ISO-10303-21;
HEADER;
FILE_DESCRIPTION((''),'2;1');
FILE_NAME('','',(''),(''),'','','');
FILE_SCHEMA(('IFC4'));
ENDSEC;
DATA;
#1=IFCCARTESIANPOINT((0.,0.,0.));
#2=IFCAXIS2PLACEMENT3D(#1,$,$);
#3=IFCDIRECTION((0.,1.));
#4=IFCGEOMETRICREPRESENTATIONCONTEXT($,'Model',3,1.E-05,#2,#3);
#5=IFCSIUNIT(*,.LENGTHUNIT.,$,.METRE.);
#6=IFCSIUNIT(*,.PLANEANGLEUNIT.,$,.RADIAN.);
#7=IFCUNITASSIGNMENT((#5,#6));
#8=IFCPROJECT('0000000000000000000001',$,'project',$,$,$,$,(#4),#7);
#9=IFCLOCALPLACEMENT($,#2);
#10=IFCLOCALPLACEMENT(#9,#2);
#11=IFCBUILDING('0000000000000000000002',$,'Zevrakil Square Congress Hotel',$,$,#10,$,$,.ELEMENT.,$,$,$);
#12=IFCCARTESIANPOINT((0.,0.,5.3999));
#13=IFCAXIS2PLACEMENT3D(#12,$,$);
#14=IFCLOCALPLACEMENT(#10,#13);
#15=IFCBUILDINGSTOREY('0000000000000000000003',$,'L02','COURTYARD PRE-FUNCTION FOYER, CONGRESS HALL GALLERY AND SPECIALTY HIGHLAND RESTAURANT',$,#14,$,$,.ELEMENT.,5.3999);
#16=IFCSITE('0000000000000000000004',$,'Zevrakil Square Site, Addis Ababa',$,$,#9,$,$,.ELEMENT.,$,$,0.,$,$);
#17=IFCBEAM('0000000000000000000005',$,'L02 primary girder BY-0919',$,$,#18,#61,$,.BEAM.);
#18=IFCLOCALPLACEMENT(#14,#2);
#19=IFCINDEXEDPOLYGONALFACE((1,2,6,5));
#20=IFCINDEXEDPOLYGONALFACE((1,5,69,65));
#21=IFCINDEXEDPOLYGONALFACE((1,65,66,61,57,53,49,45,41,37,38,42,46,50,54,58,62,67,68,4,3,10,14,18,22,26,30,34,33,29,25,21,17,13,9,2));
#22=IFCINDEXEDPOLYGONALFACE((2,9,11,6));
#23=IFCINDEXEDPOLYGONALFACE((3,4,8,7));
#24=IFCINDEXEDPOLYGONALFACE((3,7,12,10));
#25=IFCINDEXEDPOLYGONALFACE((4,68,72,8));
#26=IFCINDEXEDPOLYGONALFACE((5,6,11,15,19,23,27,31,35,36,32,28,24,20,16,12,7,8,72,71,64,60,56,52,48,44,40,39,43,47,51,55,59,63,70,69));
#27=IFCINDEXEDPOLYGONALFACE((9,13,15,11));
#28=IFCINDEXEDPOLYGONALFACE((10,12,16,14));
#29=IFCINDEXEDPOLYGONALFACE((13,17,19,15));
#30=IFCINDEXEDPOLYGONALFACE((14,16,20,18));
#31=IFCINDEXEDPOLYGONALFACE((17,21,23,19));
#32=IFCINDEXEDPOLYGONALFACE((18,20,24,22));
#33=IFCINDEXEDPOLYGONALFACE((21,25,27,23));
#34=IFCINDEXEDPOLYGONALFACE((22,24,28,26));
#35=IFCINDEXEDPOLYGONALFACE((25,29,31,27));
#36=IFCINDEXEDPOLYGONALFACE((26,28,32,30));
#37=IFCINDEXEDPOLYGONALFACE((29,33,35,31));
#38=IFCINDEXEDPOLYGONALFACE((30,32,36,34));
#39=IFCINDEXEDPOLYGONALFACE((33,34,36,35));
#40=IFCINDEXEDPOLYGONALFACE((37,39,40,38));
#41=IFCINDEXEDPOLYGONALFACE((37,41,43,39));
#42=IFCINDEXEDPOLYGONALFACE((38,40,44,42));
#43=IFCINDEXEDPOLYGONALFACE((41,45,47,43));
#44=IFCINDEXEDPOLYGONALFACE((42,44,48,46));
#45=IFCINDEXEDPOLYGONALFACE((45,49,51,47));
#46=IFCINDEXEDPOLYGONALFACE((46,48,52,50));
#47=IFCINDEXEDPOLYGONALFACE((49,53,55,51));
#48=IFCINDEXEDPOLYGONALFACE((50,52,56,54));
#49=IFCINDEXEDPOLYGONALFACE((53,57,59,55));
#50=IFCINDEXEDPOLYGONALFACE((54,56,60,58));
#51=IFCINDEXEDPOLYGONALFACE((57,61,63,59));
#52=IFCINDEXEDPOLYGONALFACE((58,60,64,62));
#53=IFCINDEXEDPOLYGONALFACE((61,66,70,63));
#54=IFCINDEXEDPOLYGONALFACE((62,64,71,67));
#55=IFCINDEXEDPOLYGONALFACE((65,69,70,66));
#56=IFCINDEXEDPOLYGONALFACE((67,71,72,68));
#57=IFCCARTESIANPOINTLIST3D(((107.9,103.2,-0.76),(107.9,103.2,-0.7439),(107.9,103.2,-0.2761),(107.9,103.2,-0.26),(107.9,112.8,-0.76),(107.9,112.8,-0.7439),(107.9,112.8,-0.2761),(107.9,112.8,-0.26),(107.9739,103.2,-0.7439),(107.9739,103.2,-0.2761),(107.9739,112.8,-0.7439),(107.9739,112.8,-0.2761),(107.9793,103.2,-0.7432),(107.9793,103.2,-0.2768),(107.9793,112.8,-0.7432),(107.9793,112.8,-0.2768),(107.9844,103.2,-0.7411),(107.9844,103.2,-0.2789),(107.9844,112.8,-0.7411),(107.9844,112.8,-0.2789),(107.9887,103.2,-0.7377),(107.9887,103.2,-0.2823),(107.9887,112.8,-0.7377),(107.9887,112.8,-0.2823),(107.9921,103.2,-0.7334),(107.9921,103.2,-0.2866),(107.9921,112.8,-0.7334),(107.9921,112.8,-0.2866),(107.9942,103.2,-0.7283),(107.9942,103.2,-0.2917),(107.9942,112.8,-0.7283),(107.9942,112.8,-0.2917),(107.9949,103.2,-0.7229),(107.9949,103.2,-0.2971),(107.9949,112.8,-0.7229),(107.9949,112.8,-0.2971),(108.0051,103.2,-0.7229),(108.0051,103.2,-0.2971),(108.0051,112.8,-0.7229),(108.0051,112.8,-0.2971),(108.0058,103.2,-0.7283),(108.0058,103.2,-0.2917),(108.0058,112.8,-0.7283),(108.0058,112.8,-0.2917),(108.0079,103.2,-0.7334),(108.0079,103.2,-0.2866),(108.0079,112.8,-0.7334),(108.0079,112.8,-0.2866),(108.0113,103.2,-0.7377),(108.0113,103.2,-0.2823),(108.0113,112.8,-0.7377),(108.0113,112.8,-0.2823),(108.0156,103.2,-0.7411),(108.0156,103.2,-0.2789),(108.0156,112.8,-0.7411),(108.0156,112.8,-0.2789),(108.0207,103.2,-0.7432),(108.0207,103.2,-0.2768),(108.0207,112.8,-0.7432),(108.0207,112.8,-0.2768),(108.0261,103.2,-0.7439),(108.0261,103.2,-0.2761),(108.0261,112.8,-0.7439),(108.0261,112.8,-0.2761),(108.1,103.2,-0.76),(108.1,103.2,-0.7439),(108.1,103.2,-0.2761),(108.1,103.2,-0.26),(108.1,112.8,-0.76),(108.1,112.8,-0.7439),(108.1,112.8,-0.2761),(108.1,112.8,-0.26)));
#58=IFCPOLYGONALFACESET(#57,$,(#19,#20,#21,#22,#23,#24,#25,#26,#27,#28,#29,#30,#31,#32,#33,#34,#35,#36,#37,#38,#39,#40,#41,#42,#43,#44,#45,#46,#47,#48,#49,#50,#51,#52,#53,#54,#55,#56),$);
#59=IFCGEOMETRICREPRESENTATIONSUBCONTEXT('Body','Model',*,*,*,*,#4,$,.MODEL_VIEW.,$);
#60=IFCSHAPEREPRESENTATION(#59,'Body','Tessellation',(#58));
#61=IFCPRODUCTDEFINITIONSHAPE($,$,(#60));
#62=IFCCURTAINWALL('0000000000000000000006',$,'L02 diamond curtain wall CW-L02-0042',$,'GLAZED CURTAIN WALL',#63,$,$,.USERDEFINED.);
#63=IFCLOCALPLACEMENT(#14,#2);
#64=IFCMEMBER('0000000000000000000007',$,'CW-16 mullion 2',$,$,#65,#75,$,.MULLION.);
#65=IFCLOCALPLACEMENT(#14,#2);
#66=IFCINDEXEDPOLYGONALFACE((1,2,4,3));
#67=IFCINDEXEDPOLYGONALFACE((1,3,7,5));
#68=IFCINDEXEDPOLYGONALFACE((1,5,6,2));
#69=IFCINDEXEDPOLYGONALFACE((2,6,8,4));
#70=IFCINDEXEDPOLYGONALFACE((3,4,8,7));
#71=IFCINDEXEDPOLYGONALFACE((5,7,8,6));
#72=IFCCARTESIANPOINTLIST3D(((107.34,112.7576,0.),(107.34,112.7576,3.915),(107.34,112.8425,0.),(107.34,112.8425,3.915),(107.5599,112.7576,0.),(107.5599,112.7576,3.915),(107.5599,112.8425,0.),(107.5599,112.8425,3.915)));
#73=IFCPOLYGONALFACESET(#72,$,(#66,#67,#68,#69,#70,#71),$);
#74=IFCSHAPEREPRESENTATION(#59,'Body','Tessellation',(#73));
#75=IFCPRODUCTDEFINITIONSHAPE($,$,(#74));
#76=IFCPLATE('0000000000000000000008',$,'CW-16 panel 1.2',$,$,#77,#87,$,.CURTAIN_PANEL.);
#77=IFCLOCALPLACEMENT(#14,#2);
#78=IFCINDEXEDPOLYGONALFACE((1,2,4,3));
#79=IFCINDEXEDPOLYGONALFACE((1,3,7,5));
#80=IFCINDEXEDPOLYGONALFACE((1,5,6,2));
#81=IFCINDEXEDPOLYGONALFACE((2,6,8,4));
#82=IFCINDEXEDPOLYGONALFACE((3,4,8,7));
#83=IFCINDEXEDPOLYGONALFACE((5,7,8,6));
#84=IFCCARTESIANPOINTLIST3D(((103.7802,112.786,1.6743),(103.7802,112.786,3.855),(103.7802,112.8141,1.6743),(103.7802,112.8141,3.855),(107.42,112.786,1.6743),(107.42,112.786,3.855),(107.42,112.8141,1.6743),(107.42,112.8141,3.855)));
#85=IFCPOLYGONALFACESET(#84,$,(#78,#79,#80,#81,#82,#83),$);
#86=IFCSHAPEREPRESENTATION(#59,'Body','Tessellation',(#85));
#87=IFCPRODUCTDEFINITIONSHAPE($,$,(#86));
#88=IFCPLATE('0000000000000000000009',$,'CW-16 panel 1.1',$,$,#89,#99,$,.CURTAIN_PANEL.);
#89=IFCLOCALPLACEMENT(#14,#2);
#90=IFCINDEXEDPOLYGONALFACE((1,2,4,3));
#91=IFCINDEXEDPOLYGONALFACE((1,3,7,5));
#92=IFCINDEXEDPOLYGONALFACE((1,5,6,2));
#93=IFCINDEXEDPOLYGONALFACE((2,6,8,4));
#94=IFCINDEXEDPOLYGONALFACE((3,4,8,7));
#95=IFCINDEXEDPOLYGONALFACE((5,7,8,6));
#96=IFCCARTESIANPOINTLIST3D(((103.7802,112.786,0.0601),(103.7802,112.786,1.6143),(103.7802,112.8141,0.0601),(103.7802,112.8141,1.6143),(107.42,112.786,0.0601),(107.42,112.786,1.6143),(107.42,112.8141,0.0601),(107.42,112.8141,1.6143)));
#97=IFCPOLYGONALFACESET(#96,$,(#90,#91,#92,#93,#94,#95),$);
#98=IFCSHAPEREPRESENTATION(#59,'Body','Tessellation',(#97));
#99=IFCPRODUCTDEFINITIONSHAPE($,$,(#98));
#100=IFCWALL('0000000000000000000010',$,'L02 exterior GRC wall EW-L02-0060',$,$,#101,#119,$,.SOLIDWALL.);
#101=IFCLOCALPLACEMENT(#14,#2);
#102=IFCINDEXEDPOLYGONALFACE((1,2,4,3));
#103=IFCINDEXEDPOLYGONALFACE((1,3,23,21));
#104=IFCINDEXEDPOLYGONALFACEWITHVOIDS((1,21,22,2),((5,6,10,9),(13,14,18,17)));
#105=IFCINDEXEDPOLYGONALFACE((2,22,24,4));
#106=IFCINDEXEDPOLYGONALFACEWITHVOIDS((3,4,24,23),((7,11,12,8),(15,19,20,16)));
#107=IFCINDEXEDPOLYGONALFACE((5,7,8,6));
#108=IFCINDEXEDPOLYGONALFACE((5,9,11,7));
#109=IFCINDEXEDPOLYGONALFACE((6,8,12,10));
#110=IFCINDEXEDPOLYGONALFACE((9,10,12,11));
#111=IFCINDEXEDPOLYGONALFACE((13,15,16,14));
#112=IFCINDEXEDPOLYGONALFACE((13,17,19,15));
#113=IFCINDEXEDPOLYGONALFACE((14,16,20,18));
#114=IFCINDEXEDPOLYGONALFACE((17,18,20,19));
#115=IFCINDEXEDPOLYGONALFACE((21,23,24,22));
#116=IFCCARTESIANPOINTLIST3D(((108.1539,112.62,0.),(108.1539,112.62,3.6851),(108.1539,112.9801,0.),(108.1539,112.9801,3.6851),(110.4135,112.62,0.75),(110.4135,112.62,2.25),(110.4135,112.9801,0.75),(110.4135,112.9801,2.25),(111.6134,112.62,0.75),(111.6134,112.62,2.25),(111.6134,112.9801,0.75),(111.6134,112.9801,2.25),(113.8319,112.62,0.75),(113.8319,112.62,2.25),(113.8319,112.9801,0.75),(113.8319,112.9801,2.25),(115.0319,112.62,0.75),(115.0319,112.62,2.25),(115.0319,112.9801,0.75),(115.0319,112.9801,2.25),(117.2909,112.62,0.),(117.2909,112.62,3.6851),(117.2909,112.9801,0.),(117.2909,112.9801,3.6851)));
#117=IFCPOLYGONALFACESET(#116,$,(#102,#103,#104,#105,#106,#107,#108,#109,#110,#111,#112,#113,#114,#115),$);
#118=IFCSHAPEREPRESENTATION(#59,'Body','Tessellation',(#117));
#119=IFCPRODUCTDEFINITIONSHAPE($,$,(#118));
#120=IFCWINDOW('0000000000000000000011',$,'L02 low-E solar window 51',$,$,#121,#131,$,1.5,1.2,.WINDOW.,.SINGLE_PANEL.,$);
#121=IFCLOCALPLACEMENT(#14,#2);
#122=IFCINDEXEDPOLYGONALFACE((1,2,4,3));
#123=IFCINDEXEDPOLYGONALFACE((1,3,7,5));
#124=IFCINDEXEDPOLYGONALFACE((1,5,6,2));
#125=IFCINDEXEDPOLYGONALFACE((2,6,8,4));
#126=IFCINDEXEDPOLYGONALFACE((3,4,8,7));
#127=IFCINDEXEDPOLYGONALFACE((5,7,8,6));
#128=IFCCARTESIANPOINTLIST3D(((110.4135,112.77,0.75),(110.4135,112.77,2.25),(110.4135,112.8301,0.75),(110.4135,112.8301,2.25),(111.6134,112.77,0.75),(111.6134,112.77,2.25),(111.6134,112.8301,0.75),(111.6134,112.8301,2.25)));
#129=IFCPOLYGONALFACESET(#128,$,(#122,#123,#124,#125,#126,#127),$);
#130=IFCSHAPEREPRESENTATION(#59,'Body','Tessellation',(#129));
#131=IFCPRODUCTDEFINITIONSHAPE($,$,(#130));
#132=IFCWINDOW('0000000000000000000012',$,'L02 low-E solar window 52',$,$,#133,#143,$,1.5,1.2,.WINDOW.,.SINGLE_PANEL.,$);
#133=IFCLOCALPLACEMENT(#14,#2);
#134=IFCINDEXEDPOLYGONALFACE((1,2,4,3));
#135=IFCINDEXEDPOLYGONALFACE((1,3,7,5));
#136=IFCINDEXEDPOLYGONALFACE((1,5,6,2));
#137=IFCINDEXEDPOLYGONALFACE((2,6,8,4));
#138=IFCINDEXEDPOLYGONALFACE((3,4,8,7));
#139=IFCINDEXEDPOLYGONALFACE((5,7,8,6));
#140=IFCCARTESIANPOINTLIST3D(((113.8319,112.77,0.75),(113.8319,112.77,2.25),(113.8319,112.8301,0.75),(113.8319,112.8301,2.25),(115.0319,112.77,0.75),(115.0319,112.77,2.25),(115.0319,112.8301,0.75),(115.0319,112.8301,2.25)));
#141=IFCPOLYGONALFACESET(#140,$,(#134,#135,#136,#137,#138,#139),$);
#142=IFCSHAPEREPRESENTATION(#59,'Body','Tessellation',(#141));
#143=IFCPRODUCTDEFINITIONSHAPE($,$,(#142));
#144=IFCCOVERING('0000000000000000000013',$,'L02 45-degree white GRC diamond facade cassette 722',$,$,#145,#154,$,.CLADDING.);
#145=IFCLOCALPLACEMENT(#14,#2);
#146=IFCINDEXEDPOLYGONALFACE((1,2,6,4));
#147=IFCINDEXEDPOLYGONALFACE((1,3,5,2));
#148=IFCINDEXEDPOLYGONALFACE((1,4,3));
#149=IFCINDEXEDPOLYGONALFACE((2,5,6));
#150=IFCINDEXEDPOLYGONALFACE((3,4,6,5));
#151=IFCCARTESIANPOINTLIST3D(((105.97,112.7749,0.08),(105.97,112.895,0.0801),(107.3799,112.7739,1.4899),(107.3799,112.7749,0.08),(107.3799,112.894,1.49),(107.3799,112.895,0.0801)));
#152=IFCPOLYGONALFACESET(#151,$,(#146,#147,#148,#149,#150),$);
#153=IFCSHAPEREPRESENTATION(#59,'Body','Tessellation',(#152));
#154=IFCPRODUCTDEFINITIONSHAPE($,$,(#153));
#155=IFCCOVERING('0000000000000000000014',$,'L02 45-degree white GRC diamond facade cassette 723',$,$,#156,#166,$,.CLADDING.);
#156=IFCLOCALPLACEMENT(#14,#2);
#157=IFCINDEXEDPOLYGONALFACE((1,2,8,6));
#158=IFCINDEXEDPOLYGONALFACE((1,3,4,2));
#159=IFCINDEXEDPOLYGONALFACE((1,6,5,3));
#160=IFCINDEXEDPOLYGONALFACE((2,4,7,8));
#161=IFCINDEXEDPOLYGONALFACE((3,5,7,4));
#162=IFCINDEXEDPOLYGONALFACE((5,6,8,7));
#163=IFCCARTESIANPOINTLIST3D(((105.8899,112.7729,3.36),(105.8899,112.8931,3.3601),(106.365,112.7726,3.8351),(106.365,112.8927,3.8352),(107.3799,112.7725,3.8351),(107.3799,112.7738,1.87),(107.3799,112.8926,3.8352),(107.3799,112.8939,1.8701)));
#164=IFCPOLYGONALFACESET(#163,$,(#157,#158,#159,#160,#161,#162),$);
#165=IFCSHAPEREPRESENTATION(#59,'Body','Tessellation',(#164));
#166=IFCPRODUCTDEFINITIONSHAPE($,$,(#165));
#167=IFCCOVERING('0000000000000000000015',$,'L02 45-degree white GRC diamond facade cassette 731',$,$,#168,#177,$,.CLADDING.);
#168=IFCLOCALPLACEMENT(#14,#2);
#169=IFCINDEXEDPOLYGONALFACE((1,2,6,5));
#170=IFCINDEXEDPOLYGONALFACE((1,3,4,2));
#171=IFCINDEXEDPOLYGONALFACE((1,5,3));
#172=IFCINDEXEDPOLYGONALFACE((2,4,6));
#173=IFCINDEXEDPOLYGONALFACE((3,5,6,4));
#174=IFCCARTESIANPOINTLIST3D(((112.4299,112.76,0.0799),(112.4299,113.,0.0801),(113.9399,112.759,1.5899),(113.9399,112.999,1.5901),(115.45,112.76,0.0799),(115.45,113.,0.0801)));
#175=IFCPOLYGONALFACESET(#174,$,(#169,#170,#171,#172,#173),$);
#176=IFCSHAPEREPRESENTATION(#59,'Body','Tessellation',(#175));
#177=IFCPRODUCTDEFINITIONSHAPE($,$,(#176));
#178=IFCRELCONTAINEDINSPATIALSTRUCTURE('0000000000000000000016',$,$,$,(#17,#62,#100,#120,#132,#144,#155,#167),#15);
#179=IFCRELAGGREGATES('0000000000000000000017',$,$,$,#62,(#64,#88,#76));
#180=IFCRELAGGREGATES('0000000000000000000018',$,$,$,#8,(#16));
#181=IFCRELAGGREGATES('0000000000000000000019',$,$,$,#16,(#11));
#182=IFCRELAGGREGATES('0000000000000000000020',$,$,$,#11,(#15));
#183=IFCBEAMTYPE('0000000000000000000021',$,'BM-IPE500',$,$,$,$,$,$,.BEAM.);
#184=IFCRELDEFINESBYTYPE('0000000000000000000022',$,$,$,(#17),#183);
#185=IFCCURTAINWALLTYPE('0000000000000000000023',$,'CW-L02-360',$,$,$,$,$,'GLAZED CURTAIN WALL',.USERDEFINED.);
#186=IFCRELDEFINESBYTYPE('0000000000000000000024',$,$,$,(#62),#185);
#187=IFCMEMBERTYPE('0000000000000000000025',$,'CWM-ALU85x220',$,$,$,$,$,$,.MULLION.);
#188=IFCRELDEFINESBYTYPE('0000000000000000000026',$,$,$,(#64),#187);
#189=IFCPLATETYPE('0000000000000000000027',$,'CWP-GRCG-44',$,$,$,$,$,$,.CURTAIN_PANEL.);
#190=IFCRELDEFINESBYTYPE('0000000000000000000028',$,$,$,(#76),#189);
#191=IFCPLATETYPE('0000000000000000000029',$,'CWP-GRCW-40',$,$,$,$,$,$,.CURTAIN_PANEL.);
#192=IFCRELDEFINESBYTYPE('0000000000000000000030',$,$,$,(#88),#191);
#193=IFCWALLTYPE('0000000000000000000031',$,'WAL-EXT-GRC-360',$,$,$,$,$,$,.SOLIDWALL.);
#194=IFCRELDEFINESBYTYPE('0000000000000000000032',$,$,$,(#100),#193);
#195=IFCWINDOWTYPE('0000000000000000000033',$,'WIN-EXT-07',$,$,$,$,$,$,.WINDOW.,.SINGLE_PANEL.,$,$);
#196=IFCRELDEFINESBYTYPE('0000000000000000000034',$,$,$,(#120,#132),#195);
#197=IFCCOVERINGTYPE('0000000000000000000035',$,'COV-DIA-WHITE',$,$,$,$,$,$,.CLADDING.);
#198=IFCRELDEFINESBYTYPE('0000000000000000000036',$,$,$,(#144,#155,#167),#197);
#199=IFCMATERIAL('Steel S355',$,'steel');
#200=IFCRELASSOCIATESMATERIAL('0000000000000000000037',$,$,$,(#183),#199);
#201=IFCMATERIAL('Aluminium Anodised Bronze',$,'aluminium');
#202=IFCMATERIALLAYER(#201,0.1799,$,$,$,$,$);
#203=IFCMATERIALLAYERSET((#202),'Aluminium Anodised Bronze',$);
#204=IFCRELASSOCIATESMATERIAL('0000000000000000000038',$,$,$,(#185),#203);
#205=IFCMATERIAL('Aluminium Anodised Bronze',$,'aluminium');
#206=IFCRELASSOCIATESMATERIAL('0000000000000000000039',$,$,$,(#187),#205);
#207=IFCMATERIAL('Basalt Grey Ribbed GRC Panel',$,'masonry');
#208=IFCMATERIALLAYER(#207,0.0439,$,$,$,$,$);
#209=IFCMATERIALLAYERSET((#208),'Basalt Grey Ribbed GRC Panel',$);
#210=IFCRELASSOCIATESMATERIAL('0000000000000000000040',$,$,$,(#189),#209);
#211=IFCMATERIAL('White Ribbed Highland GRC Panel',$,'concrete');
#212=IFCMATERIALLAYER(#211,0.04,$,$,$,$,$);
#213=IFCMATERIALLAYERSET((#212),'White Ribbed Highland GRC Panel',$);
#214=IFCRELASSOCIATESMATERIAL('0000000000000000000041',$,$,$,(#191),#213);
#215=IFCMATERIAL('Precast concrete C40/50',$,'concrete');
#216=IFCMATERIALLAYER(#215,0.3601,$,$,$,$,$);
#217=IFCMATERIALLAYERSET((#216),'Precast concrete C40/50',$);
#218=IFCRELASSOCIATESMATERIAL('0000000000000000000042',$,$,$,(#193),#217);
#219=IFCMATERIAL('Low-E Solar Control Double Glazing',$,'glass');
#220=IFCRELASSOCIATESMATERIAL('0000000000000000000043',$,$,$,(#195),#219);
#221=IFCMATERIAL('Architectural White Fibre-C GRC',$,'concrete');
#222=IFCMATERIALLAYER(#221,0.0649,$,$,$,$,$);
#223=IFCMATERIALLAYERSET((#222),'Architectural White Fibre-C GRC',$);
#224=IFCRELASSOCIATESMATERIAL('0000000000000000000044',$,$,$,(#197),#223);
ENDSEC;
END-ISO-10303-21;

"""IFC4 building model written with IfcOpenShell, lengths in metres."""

from ifc_helpers import new_model, si_unit, direction, frame, frame_2d, origin, origin_2d, place, context, subcontext, project, spatial, polyline, rectangle, i_section, outline, extrude, material, layer, layer_set, material_profile, profile_set, type_object, element, fill, aggregate, save


model = new_model("IFC4")

# Units and contexts
model_context = context("Model", 3, precision=1e-05, world=origin(), true_north=direction((0.0, 1.0)))
body_context = subcontext(model_context, "Body", "Model", "MODEL_VIEW")
ifc_project = project(units=[si_unit("LENGTHUNIT", "METRE"), si_unit("PLANEANGLEUNIT", "RADIAN")], contexts=[model_context])

# Site, building, storey
site_placement = place(None, origin())
site = spatial("IfcSite", under=ifc_project, at=site_placement, Name="Zevrakil Square Site, Addis Ababa", CompositionType="ELEMENT", RefElevation=0.0)
building_placement = place(site_placement, origin())
building = spatial("IfcBuilding", under=site, at=building_placement, Name="Zevrakil Square Congress Hotel", CompositionType="ELEMENT")
storey_placement = place(building_placement, frame((0.0, 0.0, 5.3999)))
storey = spatial("IfcBuildingStorey", under=building, at=storey_placement, Name="L02", Description="COURTYARD PRE-FUNCTION FOYER, CONGRESS HALL GALLERY AND SPECIALTY HIGHLAND RESTAURANT", CompositionType="ELEMENT", Elevation=5.3999)

# Beam
ifc_material_1 = material(Name="Steel S355", Category="steel")
ifc_material_profile_1 = material_profile(ifc_material_1, i_section(OverallWidth=0.2, OverallDepth=0.5, WebThickness=0.0103, FlangeThickness=0.0161, FilletRadius=0.021, at=origin_2d()), Name="IPE 500")
ifc_profile_set_1 = profile_set([ifc_material_profile_1], Name="Steel S355")
beam_type_1 = type_object("IfcBeamType", Name="BM-IPE500", PredefinedType="BEAM", material=ifc_profile_set_1)
beam_placement = place(storey_placement, frame((108.0, 103.2, -0.51), z_axis=(0.0, 1.0, 0.0), x_axis=(-1.0, 0.0, 0.0)))
element("IfcBeam", 1, at=beam_placement, inside=storey, type_object=beam_type_1, Name="L02 primary girder BY-0919", PredefinedType="BEAM", context=body_context, shape_type="SweptSolid", body=[
    extrude(i_section(OverallWidth=0.2, OverallDepth=0.5, WebThickness=0.0103, FlangeThickness=0.0161, FilletRadius=0.021, at=origin_2d()), origin(), (0.0, 0.0, 1.0), 9.6001),
])

# Curtain wall, member, plates
ifc_material_2 = material(Name="Aluminium Anodised Bronze", Category="aluminium")
ifc_layer_1 = layer(ifc_material_2, 0.1799)
ifc_layer_set_1 = layer_set([ifc_layer_1], Name="Aluminium Anodised Bronze")
curtain_wall_type = type_object("IfcCurtainWallType", Name="CW-L02-360", ElementType="GLAZED CURTAIN WALL", PredefinedType="USERDEFINED", material=ifc_layer_set_1)
curtain_wall_placement = place(storey_placement, origin())
curtain_wall = element("IfcCurtainWall", 2, at=curtain_wall_placement, inside=storey, type_object=curtain_wall_type, Name="L02 diamond curtain wall CW-L02-0042", ObjectType="GLAZED CURTAIN WALL", PredefinedType="USERDEFINED")
ifc_material_3 = material(Name="Aluminium Anodised Bronze", Category="aluminium")
ifc_material_profile_2 = material_profile(ifc_material_3, rectangle(XDim=0.085, YDim=0.22, at=origin_2d()), Name="ALU 85x220")
ifc_profile_set_2 = profile_set([ifc_material_profile_2], Name="Aluminium Anodised Bronze")
member_type = type_object("IfcMemberType", Name="CWM-ALU85x220", PredefinedType="MULLION", material=ifc_profile_set_2)
member_placement = place(storey_placement, frame((107.45, 112.8, 0.0), z_axis=(0.0, 0.0, 1.0), x_axis=(0.0, 1.0, 0.0)))
member = element("IfcMember", 3, at=member_placement, type_object=member_type, Name="CW-16 mullion 2", PredefinedType="MULLION", context=body_context, shape_type="SweptSolid", body=[
    extrude(rectangle(XDim=0.085, YDim=0.22, at=origin_2d()), origin(), (0.0, 0.0, 1.0), 3.915),
])
ifc_material_4 = material(Name="Basalt Grey Ribbed GRC Panel", Category="masonry")
ifc_layer_2 = layer(ifc_material_4, 0.0439)
ifc_layer_set_2 = layer_set([ifc_layer_2], Name="Basalt Grey Ribbed GRC Panel")
plate_type_1 = type_object("IfcPlateType", Name="CWP-GRCG-44", PredefinedType="CURTAIN_PANEL", material=ifc_layer_set_2)
plate_1_placement = place(storey_placement, frame((105.6001, 112.8, 1.6743), z_axis=(0.0, 0.0, 1.0), x_axis=(1.0, 0.0, 0.0)))
plate_1 = element("IfcPlate", 4, at=plate_1_placement, type_object=plate_type_1, Name="CW-16 panel 1.2", PredefinedType="CURTAIN_PANEL", context=body_context, shape_type="SweptSolid", body=[
    extrude(rectangle(XDim=3.6399, YDim=0.0281, at=origin_2d()), origin(), (0.0, 0.0, 1.0), 2.1807),
])
ifc_material_5 = material(Name="White Ribbed Highland GRC Panel", Category="concrete")
ifc_layer_3 = layer(ifc_material_5, 0.04)
ifc_layer_set_3 = layer_set([ifc_layer_3], Name="White Ribbed Highland GRC Panel")
plate_type_2 = type_object("IfcPlateType", Name="CWP-GRCW-40", PredefinedType="CURTAIN_PANEL", material=ifc_layer_set_3)
plate_2_placement = place(storey_placement, frame((105.6001, 112.8, 0.0601), z_axis=(0.0, 0.0, 1.0), x_axis=(1.0, 0.0, 0.0)))
plate_2 = element("IfcPlate", 5, at=plate_2_placement, type_object=plate_type_2, Name="CW-16 panel 1.1", PredefinedType="CURTAIN_PANEL", context=body_context, shape_type="SweptSolid", body=[
    extrude(rectangle(XDim=3.6399, YDim=0.0281, at=origin_2d()), origin(), (0.0, 0.0, 1.0), 1.5542),
])
aggregate(curtain_wall, [member, plate_2, plate_1])

# Wall, openings, windows
ifc_material_6 = material(Name="Precast concrete C40/50", Category="concrete")
ifc_layer_4 = layer(ifc_material_6, 0.3601)
ifc_layer_set_4 = layer_set([ifc_layer_4], Name="Precast concrete C40/50")
wall_type = type_object("IfcWallType", Name="WAL-EXT-GRC-360", PredefinedType="SOLIDWALL", material=ifc_layer_set_4)
wall_placement = place(storey_placement, frame((108.1541, 112.8, 0.0), z_axis=(0.0, 0.0, 1.0), x_axis=(1.0, 0.0, 0.0)))
wall = element("IfcWall", 6, at=wall_placement, inside=storey, type_object=wall_type, Name="L02 exterior GRC wall EW-L02-0060", PredefinedType="SOLIDWALL", context=body_context, shape_type="SweptSolid", body=[
    extrude(rectangle(XDim=9.137, YDim=0.3601, at=frame_2d((4.5684, 0.0))), origin(), (0.0, 0.0, 1.0), 3.6851),
])
opening_1_placement = place(wall_placement, frame((2.2593, 0.0, 0.75)))
opening_1 = element("IfcOpeningElement", 7, at=opening_1_placement, cuts=wall, PredefinedType="OPENING", context=body_context, shape_type="SweptSolid", body=[
    extrude(rectangle(XDim=1.2, YDim=1.5, at=frame_2d((0.6001, 0.75))), frame((0.0, 0.1899, 0.0), z_axis=(0.0, -1.0, 0.0), x_axis=(1.0, 0.0, 0.0)), (0.0, 0.0, 1.0), 0.3801),
])
opening_2_placement = place(wall_placement, frame((5.6777, 0.0, 0.75)))
opening_2 = element("IfcOpeningElement", 8, at=opening_2_placement, cuts=wall, PredefinedType="OPENING", context=body_context, shape_type="SweptSolid", body=[
    extrude(rectangle(XDim=1.2, YDim=1.5, at=frame_2d((0.6001, 0.75))), frame((0.0, 0.1899, 0.0), z_axis=(0.0, -1.0, 0.0), x_axis=(1.0, 0.0, 0.0)), (0.0, 0.0, 1.0), 0.3801),
])
ifc_material_7 = material(Name="Low-E Solar Control Double Glazing", Category="glass")
window_type = type_object("IfcWindowType", Name="WIN-EXT-07", PartitioningType="SINGLE_PANEL", PredefinedType="WINDOW", material=ifc_material_7)
window_1_placement = place(opening_1_placement, origin())
window_1 = element("IfcWindow", 9, at=window_1_placement, inside=storey, type_object=window_type, Name="L02 low-E solar window 51", OverallHeight=1.5, OverallWidth=1.2, PartitioningType="SINGLE_PANEL", PredefinedType="WINDOW", context=body_context, shape_type="SweptSolid", body=[
    extrude(rectangle(XDim=1.2, YDim=1.5, at=frame_2d((0.6001, 0.75))), frame((0.0, 0.03, 0.0), z_axis=(0.0, -1.0, 0.0), x_axis=(1.0, 0.0, 0.0)), (0.0, 0.0, 1.0), 0.0601),
])
fill(opening_1, window_1)
window_2_placement = place(opening_2_placement, origin())
window_2 = element("IfcWindow", 10, at=window_2_placement, inside=storey, type_object=window_type, Name="L02 low-E solar window 52", OverallHeight=1.5, OverallWidth=1.2, PartitioningType="SINGLE_PANEL", PredefinedType="WINDOW", context=body_context, shape_type="SweptSolid", body=[
    extrude(rectangle(XDim=1.2, YDim=1.5, at=frame_2d((0.6001, 0.75))), frame((0.0, 0.03, 0.0), z_axis=(0.0, -1.0, 0.0), x_axis=(1.0, 0.0, 0.0)), (0.0, 0.0, 1.0), 0.0601),
])
fill(opening_2, window_2)

# Coverings
ifc_material_8 = material(Name="Architectural White Fibre-C GRC", Category="concrete")
ifc_layer_5 = layer(ifc_material_8, 0.0649)
ifc_layer_set_5 = layer_set([ifc_layer_5], Name="Architectural White Fibre-C GRC")
covering_type_1 = type_object("IfcCoveringType", Name="COV-DIA-WHITE", PredefinedType="CLADDING", material=ifc_layer_set_5)
covering_1_placement = place(storey_placement, frame((105.97, 112.895, 0.0801), z_axis=(0.0, 1.0, 0.000693), x_axis=(1.0, 0.0, 0.0)))
element("IfcCovering", 11, at=covering_1_placement, inside=storey, type_object=covering_type_1, Name="L02 45-degree white GRC diamond facade cassette 722", PredefinedType="CLADDING", context=body_context, shape_type="SweptSolid", body=[
    extrude(outline(polyline([(0.0, 0.0), (1.4099, 0.0), (1.4099, -1.4099), (0.0, 0.0)])), origin(), (0.0, 0.0, -1.0), 0.1201),
])
covering_2_placement = place(storey_placement, frame((105.8899, 112.8931, 3.3601), z_axis=(0.000111, 1.0, 0.000679), x_axis=(0.707107, 0.000401, -0.707107)))
element("IfcCovering", 12, at=covering_2_placement, inside=storey, type_object=covering_type_1, Name="L02 45-degree white GRC diamond facade cassette 723", PredefinedType="CLADDING", context=body_context, shape_type="SweptSolid", body=[
    extrude(outline(polyline([(0.0, 0.0), (2.1072, 0.0), (0.7176, -1.3895), (0.0, -0.6719), (0.0, 0.0)])), origin(), (0.0, 0.0, -1.0), 0.1201),
])
covering_3_placement = place(storey_placement, frame((113.9399, 112.999, 1.5901), z_axis=(0.0, 1.0, 0.000647), x_axis=(-0.707107, 0.000457, -0.707107)))
element("IfcCovering", 13, at=covering_3_placement, inside=storey, type_object=covering_type_1, Name="L02 45-degree white GRC diamond facade cassette 731", PredefinedType="CLADDING", context=body_context, shape_type="SweptSolid", body=[
    extrude(outline(polyline([(0.0, 0.0), (2.1355, 0.0), (0.0, -2.1355), (0.0, 0.0)])), origin(), (0.0, 0.0, -1.0), 0.24),
])

save(model, "model.ifc")
